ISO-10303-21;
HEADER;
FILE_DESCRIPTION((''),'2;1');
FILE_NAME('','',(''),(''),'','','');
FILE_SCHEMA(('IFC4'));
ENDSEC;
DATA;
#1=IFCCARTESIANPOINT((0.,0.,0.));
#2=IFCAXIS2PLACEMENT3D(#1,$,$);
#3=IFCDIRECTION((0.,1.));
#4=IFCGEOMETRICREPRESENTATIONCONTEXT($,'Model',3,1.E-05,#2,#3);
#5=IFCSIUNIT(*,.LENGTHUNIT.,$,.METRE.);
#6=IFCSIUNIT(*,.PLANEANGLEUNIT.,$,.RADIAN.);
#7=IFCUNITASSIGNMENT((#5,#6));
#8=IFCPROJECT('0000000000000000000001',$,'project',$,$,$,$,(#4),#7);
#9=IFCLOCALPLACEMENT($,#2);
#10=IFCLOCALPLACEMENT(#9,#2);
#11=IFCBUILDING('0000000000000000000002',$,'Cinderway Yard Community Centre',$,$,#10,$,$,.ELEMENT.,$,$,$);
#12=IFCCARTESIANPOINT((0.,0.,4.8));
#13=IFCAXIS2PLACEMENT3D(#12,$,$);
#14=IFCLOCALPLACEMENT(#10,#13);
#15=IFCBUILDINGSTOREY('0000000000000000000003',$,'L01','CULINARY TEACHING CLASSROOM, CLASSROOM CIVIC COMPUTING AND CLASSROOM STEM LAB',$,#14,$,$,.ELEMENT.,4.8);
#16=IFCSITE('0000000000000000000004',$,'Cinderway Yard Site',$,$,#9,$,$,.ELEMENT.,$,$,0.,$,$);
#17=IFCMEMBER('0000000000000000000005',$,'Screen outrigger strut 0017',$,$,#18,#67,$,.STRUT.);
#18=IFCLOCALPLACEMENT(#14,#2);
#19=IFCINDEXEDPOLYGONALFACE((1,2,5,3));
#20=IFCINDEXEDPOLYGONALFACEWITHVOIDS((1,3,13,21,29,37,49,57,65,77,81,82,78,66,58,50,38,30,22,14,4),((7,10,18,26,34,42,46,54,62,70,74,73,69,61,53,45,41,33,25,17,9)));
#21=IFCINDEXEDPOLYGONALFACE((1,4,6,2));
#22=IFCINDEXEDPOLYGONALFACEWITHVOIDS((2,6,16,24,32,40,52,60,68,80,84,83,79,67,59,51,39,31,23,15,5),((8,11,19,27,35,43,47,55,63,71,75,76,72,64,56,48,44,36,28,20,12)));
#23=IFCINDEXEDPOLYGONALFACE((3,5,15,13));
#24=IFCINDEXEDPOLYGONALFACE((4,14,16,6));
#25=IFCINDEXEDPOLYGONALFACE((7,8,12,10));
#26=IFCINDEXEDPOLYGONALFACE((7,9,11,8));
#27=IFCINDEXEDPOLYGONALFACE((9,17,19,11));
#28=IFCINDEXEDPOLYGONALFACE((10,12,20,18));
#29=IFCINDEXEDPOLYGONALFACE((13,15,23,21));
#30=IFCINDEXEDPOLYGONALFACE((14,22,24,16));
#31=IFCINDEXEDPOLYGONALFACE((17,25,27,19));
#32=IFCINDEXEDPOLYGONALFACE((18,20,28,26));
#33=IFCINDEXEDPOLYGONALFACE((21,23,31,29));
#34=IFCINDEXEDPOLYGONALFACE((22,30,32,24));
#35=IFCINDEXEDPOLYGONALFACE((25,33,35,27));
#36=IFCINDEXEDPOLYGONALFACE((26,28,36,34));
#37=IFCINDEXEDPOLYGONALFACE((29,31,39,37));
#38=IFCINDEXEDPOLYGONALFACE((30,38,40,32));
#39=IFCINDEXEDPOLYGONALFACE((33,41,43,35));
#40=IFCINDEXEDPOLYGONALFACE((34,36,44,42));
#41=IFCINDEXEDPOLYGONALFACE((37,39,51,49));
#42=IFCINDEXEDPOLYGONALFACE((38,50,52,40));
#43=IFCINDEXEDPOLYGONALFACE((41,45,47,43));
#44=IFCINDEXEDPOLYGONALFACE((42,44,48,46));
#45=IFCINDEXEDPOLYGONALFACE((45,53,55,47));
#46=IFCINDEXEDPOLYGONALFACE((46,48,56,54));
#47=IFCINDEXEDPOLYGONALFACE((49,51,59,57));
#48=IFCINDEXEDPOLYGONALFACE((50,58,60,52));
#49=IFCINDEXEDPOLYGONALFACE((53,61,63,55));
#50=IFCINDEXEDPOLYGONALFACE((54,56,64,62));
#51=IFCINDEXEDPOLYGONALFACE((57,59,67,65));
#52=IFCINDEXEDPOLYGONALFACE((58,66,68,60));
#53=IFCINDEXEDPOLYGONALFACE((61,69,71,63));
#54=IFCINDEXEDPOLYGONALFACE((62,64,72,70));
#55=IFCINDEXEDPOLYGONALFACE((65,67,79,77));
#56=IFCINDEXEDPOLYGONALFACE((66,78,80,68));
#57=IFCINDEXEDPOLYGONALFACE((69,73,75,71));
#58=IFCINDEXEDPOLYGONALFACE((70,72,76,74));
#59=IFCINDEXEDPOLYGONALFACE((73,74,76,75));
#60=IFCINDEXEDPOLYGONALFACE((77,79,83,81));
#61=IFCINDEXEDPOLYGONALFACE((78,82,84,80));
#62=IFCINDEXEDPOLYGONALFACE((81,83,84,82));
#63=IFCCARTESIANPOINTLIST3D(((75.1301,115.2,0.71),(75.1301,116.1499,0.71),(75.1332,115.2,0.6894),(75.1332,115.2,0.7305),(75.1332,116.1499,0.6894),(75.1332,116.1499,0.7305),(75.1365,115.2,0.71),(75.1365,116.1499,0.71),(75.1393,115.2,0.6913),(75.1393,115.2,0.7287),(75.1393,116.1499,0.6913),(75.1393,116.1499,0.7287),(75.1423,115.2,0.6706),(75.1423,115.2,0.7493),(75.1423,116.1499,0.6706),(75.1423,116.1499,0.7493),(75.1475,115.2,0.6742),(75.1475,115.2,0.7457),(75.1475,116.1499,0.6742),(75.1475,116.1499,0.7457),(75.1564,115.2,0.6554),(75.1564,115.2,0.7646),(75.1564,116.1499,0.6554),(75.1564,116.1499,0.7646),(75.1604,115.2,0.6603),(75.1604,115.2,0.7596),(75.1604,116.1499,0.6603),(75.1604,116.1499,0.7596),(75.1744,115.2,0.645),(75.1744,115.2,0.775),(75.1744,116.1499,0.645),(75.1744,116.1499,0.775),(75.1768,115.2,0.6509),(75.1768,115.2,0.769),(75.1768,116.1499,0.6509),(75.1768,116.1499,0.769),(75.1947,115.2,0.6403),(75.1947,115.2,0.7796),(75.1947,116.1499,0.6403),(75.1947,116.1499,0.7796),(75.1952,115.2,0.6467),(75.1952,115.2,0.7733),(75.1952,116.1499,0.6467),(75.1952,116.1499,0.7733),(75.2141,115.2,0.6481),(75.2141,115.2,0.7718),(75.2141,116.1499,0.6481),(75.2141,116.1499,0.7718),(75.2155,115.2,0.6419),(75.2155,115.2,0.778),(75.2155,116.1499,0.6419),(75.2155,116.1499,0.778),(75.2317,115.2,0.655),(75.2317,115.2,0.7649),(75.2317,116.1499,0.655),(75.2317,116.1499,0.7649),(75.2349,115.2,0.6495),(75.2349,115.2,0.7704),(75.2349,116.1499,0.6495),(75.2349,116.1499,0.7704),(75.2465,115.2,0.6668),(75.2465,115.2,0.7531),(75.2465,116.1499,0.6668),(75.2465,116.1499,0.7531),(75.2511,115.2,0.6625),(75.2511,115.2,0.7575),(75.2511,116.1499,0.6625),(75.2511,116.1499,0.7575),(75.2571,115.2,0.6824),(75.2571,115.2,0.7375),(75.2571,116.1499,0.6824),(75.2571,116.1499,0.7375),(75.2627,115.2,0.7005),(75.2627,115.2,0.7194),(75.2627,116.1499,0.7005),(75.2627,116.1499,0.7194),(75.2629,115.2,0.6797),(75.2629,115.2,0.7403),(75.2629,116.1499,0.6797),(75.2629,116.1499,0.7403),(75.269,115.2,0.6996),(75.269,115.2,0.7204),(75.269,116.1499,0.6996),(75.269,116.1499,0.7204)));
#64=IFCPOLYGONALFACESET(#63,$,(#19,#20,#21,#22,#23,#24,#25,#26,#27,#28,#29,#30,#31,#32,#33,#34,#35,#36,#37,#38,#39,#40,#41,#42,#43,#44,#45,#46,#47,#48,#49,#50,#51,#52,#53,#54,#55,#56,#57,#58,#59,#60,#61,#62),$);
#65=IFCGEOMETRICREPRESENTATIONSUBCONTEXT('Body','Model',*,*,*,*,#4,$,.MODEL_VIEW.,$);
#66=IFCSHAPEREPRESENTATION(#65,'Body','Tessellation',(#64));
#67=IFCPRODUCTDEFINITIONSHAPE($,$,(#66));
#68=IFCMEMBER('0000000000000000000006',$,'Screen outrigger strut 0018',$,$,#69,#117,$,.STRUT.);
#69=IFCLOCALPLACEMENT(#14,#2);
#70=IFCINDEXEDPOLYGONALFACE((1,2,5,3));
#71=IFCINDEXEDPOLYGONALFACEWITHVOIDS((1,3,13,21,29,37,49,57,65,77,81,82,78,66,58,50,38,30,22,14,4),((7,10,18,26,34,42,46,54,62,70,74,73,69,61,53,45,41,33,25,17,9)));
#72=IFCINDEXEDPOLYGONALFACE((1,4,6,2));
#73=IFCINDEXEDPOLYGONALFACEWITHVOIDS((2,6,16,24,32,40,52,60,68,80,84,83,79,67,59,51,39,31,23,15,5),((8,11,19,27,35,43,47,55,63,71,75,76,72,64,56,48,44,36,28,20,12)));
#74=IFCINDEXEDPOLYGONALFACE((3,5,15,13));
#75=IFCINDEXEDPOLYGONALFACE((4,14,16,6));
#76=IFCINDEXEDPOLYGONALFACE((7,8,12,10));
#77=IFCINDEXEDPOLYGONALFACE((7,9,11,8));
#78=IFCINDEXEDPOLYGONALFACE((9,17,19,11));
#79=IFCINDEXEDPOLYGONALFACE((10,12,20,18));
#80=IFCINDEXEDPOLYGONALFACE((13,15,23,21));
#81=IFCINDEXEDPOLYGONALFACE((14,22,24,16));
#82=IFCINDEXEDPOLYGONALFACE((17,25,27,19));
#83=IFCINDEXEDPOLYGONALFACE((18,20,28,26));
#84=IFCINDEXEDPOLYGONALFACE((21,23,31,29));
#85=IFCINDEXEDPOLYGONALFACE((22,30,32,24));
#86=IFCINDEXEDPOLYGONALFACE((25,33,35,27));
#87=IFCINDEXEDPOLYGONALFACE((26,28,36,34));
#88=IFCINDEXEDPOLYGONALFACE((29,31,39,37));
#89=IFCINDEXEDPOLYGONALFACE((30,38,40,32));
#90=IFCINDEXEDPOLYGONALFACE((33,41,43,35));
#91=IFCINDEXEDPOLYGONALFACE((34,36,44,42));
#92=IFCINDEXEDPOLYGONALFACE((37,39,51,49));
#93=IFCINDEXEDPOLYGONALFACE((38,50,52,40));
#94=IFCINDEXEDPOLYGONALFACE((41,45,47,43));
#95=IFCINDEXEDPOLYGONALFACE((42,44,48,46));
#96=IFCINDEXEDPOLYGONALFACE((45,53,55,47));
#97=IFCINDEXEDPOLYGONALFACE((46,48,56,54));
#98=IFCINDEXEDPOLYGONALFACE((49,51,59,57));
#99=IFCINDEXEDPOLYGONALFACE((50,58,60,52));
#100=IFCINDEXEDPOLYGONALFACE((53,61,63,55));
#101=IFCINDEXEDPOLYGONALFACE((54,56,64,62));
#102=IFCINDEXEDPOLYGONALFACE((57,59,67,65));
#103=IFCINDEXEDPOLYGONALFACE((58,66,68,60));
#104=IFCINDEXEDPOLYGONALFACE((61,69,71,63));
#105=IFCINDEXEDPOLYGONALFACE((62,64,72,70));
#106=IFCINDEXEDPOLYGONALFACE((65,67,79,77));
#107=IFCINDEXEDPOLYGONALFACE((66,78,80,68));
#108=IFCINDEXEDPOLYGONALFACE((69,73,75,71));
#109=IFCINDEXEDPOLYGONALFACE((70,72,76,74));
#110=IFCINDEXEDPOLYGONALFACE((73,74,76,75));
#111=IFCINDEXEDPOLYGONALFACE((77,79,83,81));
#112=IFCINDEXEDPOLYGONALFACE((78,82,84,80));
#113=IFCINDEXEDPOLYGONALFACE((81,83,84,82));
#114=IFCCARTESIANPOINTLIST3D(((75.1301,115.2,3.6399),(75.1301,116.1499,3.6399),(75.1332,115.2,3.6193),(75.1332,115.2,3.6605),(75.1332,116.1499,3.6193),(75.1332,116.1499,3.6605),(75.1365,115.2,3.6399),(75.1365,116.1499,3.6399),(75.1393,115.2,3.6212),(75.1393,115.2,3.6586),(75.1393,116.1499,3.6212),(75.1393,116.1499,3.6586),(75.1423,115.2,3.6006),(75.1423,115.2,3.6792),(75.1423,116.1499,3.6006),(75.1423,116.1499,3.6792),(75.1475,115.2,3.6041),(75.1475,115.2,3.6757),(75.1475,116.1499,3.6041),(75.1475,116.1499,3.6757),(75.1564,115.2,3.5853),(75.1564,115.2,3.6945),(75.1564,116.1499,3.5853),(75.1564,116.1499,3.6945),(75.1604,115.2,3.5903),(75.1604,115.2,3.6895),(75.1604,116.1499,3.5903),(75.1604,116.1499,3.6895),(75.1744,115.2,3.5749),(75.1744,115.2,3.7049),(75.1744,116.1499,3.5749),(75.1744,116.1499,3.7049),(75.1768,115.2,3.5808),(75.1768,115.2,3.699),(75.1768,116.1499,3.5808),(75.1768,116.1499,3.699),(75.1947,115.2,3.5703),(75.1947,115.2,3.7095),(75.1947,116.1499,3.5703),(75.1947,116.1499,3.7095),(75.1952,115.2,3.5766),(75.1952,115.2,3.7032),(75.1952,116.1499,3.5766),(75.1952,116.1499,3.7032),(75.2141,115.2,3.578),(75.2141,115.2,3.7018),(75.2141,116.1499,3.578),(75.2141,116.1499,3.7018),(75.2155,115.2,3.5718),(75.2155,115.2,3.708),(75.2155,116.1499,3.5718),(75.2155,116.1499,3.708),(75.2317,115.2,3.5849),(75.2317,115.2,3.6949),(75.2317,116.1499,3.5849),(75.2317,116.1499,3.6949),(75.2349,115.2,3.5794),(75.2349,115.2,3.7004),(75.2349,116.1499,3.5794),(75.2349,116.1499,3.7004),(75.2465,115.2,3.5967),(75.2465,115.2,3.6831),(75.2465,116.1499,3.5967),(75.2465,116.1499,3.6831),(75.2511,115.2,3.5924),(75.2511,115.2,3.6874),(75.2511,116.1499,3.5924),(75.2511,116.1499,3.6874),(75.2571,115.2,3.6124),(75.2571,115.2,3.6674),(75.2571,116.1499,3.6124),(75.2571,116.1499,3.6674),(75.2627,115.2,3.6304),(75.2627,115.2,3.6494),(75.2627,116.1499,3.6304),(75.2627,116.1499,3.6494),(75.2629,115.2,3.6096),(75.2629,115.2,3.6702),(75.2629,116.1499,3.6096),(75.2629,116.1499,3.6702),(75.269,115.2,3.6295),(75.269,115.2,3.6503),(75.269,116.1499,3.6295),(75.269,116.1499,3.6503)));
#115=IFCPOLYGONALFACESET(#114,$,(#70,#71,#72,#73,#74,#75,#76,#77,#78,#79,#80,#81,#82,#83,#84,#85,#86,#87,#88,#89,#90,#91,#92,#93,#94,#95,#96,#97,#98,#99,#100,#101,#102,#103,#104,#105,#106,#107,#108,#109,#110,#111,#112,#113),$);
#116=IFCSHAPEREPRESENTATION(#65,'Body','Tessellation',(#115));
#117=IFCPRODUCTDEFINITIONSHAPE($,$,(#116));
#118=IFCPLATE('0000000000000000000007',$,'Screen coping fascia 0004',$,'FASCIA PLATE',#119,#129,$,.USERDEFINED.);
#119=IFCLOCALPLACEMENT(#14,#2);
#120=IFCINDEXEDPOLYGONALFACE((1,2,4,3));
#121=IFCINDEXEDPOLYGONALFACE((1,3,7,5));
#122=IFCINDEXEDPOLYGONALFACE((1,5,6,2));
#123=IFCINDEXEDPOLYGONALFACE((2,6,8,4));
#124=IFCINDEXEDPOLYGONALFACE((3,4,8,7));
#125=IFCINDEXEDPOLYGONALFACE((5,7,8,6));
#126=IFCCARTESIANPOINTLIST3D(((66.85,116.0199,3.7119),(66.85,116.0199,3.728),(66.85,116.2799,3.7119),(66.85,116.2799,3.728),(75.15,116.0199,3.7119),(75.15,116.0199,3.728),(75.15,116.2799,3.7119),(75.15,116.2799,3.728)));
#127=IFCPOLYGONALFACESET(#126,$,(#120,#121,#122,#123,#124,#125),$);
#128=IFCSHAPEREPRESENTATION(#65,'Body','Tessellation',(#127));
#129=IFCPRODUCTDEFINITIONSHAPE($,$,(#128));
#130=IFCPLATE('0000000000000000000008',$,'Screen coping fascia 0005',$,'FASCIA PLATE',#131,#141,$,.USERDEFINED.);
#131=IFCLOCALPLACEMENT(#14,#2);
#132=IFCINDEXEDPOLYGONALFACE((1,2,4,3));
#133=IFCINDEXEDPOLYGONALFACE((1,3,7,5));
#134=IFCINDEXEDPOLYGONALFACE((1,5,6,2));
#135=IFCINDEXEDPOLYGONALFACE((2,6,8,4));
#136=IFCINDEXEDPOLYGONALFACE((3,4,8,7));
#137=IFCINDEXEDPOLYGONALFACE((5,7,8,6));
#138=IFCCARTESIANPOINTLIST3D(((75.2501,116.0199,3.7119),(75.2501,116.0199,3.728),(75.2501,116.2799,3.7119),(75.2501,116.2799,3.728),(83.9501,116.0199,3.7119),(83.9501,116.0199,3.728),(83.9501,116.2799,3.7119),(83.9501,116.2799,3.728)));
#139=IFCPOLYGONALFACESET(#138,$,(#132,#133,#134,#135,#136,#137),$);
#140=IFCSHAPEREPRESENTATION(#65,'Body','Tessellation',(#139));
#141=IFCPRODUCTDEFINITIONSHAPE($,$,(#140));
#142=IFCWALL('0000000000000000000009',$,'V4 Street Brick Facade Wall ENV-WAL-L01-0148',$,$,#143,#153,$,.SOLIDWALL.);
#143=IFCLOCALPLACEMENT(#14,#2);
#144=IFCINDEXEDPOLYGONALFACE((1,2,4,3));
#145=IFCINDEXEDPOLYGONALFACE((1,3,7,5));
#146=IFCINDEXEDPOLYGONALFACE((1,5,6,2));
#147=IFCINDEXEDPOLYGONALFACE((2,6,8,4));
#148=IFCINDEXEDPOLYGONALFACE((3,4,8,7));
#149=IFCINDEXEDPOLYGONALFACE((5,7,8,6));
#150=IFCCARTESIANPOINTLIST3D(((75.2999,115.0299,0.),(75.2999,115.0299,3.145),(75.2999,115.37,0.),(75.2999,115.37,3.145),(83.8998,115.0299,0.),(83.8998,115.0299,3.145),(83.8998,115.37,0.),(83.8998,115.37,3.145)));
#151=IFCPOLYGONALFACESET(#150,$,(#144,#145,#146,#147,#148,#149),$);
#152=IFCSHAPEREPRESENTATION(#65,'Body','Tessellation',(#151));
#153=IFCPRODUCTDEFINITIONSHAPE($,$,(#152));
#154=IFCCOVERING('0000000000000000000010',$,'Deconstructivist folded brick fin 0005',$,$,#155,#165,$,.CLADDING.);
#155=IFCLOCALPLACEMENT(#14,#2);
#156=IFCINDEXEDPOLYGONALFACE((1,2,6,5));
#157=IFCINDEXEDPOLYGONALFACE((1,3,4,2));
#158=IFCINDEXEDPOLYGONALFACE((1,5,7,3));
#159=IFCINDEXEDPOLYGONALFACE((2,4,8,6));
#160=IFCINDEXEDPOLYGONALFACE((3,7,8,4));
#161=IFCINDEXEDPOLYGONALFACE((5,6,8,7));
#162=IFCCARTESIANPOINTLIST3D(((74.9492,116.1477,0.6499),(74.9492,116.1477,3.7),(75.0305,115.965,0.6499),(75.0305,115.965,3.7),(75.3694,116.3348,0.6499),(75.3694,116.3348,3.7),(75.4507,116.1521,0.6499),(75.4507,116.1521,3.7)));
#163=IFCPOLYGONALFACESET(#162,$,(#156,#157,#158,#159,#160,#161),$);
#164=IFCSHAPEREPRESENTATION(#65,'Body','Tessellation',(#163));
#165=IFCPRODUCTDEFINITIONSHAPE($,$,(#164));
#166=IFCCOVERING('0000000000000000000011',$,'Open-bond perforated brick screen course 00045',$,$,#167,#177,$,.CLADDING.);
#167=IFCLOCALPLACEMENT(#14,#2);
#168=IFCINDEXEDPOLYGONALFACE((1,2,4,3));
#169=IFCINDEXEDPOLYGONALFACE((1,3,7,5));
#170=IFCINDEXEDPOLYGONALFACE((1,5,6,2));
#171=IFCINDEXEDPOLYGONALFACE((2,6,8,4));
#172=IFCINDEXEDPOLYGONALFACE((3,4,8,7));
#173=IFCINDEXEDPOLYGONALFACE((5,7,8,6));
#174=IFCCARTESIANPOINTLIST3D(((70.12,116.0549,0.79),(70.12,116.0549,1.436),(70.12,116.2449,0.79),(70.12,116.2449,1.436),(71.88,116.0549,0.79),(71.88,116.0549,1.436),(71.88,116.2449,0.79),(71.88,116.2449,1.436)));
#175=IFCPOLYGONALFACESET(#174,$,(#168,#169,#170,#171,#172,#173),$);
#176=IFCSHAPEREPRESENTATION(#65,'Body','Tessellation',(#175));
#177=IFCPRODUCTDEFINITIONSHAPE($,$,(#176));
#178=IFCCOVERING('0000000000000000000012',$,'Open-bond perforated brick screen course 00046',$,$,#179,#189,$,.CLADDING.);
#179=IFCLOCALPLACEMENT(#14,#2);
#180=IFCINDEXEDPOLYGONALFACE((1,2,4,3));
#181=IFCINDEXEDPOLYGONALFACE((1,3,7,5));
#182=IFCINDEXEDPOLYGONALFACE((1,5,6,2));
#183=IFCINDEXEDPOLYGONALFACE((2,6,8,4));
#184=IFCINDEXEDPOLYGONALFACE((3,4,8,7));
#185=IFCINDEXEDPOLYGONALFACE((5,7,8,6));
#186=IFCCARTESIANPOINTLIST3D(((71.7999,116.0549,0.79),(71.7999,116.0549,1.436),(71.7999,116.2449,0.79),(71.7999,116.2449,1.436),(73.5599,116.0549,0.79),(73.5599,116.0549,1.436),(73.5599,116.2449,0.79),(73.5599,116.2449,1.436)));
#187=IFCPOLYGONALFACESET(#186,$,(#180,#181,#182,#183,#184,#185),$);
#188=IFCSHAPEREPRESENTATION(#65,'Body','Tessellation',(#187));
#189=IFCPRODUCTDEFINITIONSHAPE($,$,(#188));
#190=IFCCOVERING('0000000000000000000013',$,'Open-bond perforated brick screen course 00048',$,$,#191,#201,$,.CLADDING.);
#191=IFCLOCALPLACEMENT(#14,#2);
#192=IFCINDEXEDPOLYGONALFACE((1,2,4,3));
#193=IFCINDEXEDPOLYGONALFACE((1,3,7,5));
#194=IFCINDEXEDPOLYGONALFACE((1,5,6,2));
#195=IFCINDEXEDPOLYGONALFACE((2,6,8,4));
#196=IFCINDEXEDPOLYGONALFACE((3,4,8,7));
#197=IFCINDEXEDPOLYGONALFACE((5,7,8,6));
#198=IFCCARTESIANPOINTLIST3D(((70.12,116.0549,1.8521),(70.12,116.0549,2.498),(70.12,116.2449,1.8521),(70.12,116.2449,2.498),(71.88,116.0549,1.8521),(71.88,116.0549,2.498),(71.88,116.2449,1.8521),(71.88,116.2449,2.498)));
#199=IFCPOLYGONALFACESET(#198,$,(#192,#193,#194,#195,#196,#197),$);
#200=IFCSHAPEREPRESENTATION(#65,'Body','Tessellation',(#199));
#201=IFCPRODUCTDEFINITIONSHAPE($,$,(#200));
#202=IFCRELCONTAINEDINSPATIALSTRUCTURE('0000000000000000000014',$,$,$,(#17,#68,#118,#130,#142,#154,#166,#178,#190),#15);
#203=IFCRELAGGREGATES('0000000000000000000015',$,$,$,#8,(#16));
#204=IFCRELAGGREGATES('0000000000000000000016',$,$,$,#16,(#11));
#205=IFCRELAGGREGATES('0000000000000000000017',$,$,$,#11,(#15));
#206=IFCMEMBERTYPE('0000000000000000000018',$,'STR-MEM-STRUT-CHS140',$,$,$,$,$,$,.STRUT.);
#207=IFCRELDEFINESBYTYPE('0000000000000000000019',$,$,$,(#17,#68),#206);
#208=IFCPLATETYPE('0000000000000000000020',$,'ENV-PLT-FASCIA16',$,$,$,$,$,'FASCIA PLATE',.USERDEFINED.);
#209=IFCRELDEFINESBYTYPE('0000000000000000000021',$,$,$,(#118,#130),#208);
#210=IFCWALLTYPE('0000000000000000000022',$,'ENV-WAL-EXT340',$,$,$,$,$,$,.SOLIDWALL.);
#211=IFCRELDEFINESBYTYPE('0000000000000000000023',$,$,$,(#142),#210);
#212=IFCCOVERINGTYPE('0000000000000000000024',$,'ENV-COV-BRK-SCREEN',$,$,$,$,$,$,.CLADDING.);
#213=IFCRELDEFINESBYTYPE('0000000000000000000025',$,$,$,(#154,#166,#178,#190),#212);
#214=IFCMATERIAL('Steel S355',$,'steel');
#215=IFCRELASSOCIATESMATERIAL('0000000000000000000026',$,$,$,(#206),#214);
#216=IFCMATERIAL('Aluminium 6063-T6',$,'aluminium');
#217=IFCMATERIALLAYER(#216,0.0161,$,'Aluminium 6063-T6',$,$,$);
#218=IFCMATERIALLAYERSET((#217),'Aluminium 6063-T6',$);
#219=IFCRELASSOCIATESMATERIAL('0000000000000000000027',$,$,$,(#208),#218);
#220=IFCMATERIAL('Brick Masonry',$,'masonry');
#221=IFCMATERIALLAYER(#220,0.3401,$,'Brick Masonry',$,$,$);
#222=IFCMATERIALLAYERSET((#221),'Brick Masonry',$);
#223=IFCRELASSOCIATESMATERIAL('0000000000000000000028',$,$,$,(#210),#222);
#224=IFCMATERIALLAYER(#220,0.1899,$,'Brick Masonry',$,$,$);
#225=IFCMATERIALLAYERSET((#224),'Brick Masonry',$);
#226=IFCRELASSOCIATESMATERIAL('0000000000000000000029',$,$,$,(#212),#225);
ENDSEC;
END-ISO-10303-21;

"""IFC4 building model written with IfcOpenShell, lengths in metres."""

from ifc_helpers import new_model, si_unit, direction, frame, frame_2d, origin, origin_2d, place, context, subcontext, project, spatial, rectangle, hollow_circle, extrude, material, layer, layer_set, material_profile, profile_set, type_object, element, save


model = new_model("IFC4")

# Units and contexts
model_context = context("Model", 3, precision=1e-05, world=origin(), true_north=direction((0.0, 1.0)))
body_context = subcontext(model_context, "Body", "Model", "MODEL_VIEW")
ifc_project = project(units=[si_unit("LENGTHUNIT", "METRE"), si_unit("PLANEANGLEUNIT", "RADIAN")], contexts=[model_context])

# Site, building, storey
site_placement = place(None, origin())
site = spatial("IfcSite", under=ifc_project, at=site_placement, Name="Cinderway Yard Site", CompositionType="ELEMENT", RefElevation=0.0)
building_placement = place(site_placement, origin())
building = spatial("IfcBuilding", under=site, at=building_placement, Name="Cinderway Yard Community Centre", CompositionType="ELEMENT")
storey_placement = place(building_placement, frame((0.0, 0.0, 4.8)))
storey = spatial("IfcBuildingStorey", under=building, at=storey_placement, Name="L01", Description="CULINARY TEACHING CLASSROOM, CLASSROOM CIVIC COMPUTING AND CLASSROOM STEM LAB", CompositionType="ELEMENT", Elevation=4.8)

# Shared definitions
ifc_material_1 = material(Name="Steel S355", Category="steel")

# Members
ifc_material_profile_1 = material_profile(ifc_material_1, hollow_circle(Radius=0.0698, WallThickness=0.0063, at=origin_2d()), Name="Steel S355")
ifc_profile_set_1 = profile_set([ifc_material_profile_1], Name="Steel S355")
member_type_1 = type_object("IfcMemberType", Name="STR-MEM-STRUT-CHS140", PredefinedType="STRUT", material=ifc_profile_set_1)
for number, where, z_axis, x_axis, name in (
    (1, (75.2, 115.2, 0.71), (0.0, 1.0, 0.0), (-1.0, 0.0, 0.0), "Screen outrigger strut 0017"),
    (2, (75.2, 115.2, 3.6399), (0.0, 1.0, 0.0), (-1.0, 0.0, 0.0), "Screen outrigger strut 0018"),
):
    element("IfcMember", number, at=place(storey_placement, frame(where, z_axis=z_axis, x_axis=x_axis)), inside=storey, type_object=member_type_1, Name=name, PredefinedType="STRUT", context=body_context, shape_type="SweptSolid", body=[
        extrude(hollow_circle(Radius=0.0698, WallThickness=0.0063, at=origin_2d()), origin(), (0.0, 0.0, 1.0), 0.95),
    ])

# Plates
ifc_material_2 = material(Name="Aluminium 6063-T6", Category="aluminium")
ifc_layer_1 = layer(ifc_material_2, 0.0161, Name="Aluminium 6063-T6")
ifc_layer_set_1 = layer_set([ifc_layer_1], Name="Aluminium 6063-T6")
plate_type = type_object("IfcPlateType", Name="ENV-PLT-FASCIA16", ElementType="FASCIA PLATE", PredefinedType="USERDEFINED", material=ifc_layer_set_1)
plate_1_placement = place(storey_placement, frame((71.0, 116.1499, 3.7119), z_axis=(0.0, 0.0, 1.0), x_axis=(1.0, 0.0, 0.0)))
element("IfcPlate", 3, at=plate_1_placement, inside=storey, type_object=plate_type, Name="Screen coping fascia 0004", ObjectType="FASCIA PLATE", PredefinedType="USERDEFINED", context=body_context, shape_type="SweptSolid", body=[
    extrude(rectangle(XDim=8.3, YDim=0.26, at=origin_2d()), origin(), (0.0, 0.0, 1.0), 0.0161),
])
plate_2_placement = place(storey_placement, frame((79.6001, 116.1499, 3.7119), z_axis=(0.0, 0.0, 1.0), x_axis=(1.0, 0.0, 0.0)))
element("IfcPlate", 4, at=plate_2_placement, inside=storey, type_object=plate_type, Name="Screen coping fascia 0005", ObjectType="FASCIA PLATE", PredefinedType="USERDEFINED", context=body_context, shape_type="SweptSolid", body=[
    extrude(rectangle(XDim=8.7, YDim=0.26, at=origin_2d()), origin(), (0.0, 0.0, 1.0), 0.0161),
])

# Wall
ifc_material_3 = material(Name="Brick Masonry", Category="masonry")
ifc_layer_2 = layer(ifc_material_3, 0.3401, Name="Brick Masonry")
ifc_layer_set_2 = layer_set([ifc_layer_2], Name="Brick Masonry")
wall_type = type_object("IfcWallType", Name="ENV-WAL-EXT340", PredefinedType="SOLIDWALL", material=ifc_layer_set_2)
wall_placement = place(storey_placement, frame((75.3, 115.2, 0.0), z_axis=(0.0, 0.0, 1.0), x_axis=(1.0, 0.0, 0.0)))
element("IfcWall", 5, at=wall_placement, inside=storey, type_object=wall_type, Name="V4 Street Brick Facade Wall ENV-WAL-L01-0148", PredefinedType="SOLIDWALL", context=body_context, shape_type="SweptSolid", body=[
    extrude(rectangle(XDim=8.5999, YDim=0.3401, at=frame_2d((4.2998, 0.0))), origin(), (0.0, 0.0, 1.0), 3.145),
])

# Coverings
ifc_layer_3 = layer(ifc_material_3, 0.1899, Name="Brick Masonry")
ifc_layer_set_3 = layer_set([ifc_layer_3], Name="Brick Masonry")
covering_type = type_object("IfcCoveringType", Name="ENV-COV-BRK-SCREEN", PredefinedType="CLADDING", material=ifc_layer_set_3)
covering_placement = place(storey_placement, frame((75.2, 116.1499, 0.6499), z_axis=(0.0, 0.0, 1.0), x_axis=(0.913545, 0.406737, 0.0)))
element("IfcCovering", 6, at=covering_placement, inside=storey, type_object=covering_type, Name="Deconstructivist folded brick fin 0005", PredefinedType="CLADDING", context=body_context, shape_type="SweptSolid", body=[
    extrude(rectangle(XDim=0.46, YDim=0.2, at=origin_2d()), origin(), (0.0, 0.0, 1.0), 3.05),
])
for number, where, z_axis, x_axis, name in (
    (7, (71.0, 116.1499, 0.79), (0.0, 0.0, 1.0), (1.0, 0.0, 0.0), "Open-bond perforated brick screen course 00045"),
    (8, (72.6799, 116.1499, 0.79), (0.0, 0.0, 1.0), (1.0, 0.0, 0.0), "Open-bond perforated brick screen course 00046"),
    (9, (71.0, 116.1499, 1.8521), (0.0, 0.0, 1.0), (1.0, 0.0, 0.0), "Open-bond perforated brick screen course 00048"),
):
    element("IfcCovering", number, at=place(storey_placement, frame(where, z_axis=z_axis, x_axis=x_axis)), inside=storey, type_object=covering_type, Name=name, PredefinedType="CLADDING", context=body_context, shape_type="SweptSolid", body=[
        extrude(rectangle(XDim=1.76, YDim=0.1899, at=origin_2d()), origin(), (0.0, 0.0, 1.0), 0.646),
    ])

save(model, "model.ifc")
